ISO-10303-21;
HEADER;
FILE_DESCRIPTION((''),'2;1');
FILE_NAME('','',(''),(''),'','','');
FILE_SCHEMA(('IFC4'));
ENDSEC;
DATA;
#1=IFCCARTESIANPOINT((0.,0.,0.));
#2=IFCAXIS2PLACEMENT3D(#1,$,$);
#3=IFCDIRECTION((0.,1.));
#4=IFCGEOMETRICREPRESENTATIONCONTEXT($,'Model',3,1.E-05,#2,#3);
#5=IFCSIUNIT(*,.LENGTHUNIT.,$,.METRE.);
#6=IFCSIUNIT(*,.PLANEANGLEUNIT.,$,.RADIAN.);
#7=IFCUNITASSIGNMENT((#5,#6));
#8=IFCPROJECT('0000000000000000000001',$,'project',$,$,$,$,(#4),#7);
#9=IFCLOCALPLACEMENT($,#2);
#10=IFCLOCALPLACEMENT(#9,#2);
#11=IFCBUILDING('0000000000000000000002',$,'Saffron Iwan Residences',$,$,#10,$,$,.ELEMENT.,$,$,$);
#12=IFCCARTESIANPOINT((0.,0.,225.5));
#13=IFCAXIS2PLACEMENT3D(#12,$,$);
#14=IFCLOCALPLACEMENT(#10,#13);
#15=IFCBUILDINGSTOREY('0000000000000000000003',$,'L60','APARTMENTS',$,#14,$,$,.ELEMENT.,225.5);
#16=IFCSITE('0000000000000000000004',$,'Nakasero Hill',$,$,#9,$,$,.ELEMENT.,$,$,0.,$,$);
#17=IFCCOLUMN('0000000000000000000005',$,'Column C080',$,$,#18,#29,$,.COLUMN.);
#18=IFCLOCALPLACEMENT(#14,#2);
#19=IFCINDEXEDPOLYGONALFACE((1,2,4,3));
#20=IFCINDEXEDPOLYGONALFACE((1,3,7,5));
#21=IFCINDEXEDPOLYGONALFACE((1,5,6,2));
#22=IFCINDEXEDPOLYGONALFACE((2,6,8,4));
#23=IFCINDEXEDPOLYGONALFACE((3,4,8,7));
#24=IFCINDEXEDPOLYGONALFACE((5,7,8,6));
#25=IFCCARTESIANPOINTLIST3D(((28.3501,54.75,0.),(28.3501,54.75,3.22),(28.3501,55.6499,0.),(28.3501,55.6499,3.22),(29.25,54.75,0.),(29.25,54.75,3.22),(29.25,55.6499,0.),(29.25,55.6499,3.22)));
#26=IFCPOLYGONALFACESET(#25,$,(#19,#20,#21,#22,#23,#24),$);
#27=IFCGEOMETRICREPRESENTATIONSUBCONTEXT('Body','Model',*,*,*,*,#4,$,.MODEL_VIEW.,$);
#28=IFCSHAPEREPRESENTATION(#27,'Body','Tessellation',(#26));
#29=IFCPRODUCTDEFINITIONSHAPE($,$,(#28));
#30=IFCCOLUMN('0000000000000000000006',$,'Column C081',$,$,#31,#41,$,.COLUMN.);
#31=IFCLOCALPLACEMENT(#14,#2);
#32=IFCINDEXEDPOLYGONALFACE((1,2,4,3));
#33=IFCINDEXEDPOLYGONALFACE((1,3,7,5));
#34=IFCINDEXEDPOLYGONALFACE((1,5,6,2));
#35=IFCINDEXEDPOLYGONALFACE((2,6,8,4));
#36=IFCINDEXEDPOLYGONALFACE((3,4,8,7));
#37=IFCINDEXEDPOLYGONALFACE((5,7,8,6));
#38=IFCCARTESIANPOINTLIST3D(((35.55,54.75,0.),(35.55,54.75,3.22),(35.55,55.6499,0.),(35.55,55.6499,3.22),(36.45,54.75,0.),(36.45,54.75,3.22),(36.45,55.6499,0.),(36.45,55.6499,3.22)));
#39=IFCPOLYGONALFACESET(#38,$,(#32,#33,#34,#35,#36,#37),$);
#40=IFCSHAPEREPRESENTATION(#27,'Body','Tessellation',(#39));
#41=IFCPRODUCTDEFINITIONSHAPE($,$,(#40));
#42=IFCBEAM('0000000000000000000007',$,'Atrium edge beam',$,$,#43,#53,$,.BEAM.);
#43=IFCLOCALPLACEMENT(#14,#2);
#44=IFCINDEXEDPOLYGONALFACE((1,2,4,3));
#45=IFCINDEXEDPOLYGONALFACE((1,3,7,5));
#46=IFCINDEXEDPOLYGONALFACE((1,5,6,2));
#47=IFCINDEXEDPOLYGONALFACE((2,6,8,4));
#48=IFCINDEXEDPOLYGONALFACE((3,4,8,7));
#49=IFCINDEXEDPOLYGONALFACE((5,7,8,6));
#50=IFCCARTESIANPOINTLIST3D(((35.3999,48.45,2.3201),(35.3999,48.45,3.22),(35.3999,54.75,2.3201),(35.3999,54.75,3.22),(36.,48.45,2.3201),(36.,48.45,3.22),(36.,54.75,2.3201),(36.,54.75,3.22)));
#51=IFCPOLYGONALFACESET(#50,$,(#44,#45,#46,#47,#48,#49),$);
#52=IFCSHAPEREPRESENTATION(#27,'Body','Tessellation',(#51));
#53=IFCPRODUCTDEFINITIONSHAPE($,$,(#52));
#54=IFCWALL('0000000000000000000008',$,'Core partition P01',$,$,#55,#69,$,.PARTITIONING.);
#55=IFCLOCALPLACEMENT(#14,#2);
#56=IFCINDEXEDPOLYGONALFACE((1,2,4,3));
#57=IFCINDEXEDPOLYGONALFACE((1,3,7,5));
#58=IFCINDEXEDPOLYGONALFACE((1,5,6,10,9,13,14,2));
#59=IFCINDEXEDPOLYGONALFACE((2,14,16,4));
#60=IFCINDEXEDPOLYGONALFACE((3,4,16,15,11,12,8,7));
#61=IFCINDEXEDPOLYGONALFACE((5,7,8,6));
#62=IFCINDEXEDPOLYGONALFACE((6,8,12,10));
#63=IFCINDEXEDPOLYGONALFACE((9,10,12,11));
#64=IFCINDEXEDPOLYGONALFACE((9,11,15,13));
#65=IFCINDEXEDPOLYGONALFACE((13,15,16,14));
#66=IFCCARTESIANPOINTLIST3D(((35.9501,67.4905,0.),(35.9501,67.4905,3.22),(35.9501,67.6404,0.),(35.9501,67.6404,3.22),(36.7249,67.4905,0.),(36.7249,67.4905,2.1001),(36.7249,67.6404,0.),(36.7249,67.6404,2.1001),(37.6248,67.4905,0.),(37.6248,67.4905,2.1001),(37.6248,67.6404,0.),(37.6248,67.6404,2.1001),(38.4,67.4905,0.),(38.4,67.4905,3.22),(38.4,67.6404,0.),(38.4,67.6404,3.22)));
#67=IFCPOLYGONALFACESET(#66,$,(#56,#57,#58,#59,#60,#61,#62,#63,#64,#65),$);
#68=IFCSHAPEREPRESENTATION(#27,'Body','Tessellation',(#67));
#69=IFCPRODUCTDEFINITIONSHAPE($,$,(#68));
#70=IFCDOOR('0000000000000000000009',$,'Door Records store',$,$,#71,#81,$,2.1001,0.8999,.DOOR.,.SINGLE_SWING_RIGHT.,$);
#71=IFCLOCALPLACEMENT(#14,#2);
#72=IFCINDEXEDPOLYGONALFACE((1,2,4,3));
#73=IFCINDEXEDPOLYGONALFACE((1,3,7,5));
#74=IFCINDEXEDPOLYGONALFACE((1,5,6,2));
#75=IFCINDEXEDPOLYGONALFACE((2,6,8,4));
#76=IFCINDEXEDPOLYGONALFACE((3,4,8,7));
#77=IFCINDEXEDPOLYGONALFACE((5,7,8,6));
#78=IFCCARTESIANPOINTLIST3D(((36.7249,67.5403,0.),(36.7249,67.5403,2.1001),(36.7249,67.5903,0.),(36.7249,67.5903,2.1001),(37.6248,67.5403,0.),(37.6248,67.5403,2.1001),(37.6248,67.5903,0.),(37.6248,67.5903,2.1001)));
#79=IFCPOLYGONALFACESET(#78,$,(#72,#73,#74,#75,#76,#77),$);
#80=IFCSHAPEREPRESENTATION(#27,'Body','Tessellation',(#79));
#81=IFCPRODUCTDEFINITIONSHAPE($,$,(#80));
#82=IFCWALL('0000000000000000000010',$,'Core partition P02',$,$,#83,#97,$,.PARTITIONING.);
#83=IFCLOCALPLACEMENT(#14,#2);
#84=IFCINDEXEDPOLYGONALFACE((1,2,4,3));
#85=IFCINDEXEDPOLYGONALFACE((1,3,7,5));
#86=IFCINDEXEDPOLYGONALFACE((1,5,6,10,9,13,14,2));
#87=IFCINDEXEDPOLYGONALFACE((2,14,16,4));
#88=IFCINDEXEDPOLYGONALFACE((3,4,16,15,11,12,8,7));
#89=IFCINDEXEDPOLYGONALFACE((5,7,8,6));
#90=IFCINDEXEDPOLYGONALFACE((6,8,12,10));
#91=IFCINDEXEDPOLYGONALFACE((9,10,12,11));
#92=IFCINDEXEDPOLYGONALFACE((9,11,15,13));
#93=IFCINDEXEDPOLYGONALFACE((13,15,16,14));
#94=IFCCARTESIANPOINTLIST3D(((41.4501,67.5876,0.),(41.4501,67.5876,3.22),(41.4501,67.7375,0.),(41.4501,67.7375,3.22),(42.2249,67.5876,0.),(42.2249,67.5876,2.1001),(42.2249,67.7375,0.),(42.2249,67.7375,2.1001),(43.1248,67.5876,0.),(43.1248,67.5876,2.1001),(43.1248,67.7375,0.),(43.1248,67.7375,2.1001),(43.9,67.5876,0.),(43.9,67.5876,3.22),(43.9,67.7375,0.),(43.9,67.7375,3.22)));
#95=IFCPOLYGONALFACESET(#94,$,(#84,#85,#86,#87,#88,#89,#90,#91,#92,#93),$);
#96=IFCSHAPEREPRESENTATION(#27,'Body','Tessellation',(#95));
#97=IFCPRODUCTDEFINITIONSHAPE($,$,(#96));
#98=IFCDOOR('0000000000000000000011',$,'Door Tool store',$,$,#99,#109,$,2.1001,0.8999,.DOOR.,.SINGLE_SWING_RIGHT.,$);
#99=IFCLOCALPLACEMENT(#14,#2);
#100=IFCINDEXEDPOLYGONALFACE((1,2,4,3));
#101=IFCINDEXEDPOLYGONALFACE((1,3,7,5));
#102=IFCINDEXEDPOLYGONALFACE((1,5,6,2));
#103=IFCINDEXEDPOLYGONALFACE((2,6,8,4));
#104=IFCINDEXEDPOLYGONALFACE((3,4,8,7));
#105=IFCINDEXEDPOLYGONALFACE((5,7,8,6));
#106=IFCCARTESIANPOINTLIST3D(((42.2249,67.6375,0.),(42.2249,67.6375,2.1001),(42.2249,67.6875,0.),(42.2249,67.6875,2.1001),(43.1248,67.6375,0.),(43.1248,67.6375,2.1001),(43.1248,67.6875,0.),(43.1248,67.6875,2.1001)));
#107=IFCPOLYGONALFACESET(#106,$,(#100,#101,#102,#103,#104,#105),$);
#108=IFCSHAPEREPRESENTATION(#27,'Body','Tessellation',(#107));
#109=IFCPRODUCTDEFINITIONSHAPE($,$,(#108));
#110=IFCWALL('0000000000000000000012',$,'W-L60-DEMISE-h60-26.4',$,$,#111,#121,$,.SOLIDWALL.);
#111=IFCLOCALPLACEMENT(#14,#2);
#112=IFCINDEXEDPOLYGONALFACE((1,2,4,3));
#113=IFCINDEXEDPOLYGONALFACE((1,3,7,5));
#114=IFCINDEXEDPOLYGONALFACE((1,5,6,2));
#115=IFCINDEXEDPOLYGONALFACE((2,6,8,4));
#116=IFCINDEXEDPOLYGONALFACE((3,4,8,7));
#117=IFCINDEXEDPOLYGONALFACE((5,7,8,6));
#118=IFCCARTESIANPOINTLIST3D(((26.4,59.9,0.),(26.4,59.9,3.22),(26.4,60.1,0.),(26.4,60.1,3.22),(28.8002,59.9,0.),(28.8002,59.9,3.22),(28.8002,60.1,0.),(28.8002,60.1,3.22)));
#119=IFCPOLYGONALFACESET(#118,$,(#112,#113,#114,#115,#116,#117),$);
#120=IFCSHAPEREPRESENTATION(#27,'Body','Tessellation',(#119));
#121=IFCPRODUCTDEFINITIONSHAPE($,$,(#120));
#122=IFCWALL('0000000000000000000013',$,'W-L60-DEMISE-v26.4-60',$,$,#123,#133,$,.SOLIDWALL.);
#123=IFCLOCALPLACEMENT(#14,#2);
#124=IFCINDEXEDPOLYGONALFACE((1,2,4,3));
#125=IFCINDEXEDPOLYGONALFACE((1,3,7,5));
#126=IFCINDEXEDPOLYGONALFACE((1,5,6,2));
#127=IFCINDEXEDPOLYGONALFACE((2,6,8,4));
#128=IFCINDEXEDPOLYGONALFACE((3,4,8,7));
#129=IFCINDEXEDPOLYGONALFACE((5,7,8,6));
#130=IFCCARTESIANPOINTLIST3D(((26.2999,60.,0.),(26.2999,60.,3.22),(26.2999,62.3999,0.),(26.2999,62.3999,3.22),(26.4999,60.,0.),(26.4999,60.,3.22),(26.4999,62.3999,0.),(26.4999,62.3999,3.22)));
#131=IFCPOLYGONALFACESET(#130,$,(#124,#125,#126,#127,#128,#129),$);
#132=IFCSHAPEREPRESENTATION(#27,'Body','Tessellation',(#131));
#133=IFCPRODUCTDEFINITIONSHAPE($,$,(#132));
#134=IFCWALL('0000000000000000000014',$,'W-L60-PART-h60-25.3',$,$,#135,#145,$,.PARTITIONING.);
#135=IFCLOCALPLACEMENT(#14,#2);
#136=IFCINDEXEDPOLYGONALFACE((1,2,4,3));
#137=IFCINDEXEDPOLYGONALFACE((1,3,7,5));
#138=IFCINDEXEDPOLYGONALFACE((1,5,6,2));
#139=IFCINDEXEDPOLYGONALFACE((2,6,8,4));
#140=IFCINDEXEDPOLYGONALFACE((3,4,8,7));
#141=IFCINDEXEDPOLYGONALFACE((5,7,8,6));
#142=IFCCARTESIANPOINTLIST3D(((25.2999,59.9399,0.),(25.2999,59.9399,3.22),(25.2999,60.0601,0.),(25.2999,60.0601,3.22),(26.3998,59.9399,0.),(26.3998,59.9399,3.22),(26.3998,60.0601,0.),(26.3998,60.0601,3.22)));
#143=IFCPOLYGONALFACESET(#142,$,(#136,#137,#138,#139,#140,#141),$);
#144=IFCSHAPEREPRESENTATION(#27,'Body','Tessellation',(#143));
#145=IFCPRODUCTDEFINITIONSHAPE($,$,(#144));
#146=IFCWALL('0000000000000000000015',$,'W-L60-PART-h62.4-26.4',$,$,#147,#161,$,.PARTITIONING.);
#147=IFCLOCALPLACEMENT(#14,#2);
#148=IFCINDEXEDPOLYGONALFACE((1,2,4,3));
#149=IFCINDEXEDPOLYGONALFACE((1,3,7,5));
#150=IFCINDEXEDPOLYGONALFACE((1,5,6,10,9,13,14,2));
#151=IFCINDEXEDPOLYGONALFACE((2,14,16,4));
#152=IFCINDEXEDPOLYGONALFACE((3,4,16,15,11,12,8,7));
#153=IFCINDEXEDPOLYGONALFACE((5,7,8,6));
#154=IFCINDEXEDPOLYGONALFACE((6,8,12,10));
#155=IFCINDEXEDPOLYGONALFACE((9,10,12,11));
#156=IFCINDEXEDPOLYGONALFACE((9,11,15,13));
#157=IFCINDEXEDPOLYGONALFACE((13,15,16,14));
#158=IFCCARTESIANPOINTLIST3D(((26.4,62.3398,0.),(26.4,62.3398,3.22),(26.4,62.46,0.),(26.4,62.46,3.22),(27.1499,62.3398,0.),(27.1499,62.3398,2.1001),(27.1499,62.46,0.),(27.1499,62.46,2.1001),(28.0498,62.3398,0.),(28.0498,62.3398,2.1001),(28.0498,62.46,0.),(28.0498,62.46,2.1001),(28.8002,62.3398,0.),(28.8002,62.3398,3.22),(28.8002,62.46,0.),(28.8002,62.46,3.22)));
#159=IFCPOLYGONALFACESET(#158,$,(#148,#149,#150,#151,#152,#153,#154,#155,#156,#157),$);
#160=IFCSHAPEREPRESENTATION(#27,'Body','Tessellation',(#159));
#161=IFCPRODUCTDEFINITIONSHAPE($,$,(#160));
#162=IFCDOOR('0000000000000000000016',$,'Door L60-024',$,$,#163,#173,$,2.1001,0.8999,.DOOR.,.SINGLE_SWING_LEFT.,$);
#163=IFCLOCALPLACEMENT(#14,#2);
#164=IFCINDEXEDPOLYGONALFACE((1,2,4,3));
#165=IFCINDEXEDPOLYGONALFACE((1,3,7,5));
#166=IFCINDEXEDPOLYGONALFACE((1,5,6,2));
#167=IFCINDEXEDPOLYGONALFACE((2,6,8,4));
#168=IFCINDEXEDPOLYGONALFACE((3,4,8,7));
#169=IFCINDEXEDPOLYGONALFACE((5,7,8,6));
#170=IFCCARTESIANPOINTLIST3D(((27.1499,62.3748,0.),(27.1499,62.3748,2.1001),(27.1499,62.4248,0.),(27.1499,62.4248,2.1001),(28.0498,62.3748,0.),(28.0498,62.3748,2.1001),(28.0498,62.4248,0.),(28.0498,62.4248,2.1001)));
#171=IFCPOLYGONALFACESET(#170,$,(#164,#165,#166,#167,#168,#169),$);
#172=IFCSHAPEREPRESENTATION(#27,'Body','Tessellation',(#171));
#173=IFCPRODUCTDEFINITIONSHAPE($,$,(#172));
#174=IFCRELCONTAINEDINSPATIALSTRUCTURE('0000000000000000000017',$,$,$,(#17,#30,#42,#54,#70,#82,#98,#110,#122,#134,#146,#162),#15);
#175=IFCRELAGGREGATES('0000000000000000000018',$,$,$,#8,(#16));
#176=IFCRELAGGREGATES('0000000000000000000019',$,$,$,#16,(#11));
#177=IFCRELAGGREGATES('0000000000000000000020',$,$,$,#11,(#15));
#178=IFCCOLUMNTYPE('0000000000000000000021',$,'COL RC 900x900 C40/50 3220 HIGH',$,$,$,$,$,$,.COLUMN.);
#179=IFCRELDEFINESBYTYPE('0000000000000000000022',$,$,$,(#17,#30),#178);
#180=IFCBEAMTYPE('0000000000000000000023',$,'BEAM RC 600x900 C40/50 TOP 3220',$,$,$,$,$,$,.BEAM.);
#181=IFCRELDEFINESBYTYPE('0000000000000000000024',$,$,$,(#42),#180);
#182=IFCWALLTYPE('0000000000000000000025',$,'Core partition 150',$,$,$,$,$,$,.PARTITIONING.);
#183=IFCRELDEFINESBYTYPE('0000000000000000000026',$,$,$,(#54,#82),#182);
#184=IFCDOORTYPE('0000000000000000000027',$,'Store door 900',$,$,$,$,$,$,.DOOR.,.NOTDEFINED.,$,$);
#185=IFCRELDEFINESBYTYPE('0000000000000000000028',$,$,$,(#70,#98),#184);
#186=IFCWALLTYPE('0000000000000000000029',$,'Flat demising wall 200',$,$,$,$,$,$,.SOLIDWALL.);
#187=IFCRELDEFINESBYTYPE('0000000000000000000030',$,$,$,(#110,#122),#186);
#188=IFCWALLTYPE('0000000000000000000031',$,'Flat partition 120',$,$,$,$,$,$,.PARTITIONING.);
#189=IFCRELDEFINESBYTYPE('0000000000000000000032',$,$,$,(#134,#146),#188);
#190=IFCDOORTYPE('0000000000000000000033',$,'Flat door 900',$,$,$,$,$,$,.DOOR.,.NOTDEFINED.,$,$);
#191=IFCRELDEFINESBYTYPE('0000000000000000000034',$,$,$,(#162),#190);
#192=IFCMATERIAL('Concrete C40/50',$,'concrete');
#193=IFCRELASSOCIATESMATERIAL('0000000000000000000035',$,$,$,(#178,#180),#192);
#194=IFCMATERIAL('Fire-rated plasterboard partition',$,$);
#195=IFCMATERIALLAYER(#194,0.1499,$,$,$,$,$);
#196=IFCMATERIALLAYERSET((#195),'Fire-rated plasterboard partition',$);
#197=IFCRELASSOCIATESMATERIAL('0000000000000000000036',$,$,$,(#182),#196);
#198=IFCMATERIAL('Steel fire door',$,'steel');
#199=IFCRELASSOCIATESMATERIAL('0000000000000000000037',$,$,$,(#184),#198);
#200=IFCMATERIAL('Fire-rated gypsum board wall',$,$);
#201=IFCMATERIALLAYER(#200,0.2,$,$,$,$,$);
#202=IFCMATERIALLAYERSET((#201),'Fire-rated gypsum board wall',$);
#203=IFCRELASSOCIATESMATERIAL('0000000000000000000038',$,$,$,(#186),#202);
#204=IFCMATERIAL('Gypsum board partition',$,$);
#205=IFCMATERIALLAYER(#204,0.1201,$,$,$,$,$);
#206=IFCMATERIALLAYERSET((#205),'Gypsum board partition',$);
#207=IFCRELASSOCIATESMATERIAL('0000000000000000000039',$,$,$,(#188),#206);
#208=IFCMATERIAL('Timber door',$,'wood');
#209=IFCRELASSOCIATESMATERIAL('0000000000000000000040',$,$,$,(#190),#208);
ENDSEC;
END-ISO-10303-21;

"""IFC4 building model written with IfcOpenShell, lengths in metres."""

from ifc_helpers import new_model, si_unit, direction, frame, frame_2d, origin, origin_2d, place, context, subcontext, project, spatial, rectangle, extrude, source, transform, mapped, material, layer, layer_set, material_profile, profile_set, type_object, element, fill, save


model = new_model("IFC4")

# Units and contexts
model_context = context("Model", 3, precision=1e-05, world=origin(), true_north=direction((0.0, 1.0)))
body_context = subcontext(model_context, "Body", "Model", "MODEL_VIEW")
ifc_project = project(units=[si_unit("LENGTHUNIT", "METRE"), si_unit("PLANEANGLEUNIT", "RADIAN")], contexts=[model_context])

# Site, building, storey
site_placement = place(None, origin())
site = spatial("IfcSite", under=ifc_project, at=site_placement, Name="Nakasero Hill", CompositionType="ELEMENT", RefElevation=0.0)
building_placement = place(site_placement, origin())
building = spatial("IfcBuilding", under=site, at=building_placement, Name="Saffron Iwan Residences", CompositionType="ELEMENT")
storey_placement = place(building_placement, frame((0.0, 0.0, 225.5)))
storey = spatial("IfcBuildingStorey", under=building, at=storey_placement, Name="L60", Description="APARTMENTS", CompositionType="ELEMENT", Elevation=225.5)

# Columns
ifc_material_1 = material(Name="Concrete C40/50", Category="concrete")
ifc_material_profile_1 = material_profile(ifc_material_1, rectangle(XDim=0.8999, YDim=0.8999, at=origin_2d()), Name="RC 900x900")
ifc_profile_set_1 = profile_set([ifc_material_profile_1], Name="Concrete C40/50")
column_type = type_object("IfcColumnType", Name="COL RC 900x900 C40/50 3220 HIGH", PredefinedType="COLUMN", material=ifc_profile_set_1)
shared_shape_1 = source(origin(), body_context, "Body", "SweptSolid", [
    extrude(rectangle(XDim=0.8999, YDim=0.8999, at=origin_2d()), origin(), (0.0, 0.0, 1.0), 3.22),
])
for number, where, z_axis, x_axis, name in (
    (1, (28.8, 55.2, 0.0), (0.0, 0.0, 1.0), (1.0, 0.0, 0.0), "Column C080"),
    (2, (36.0, 55.2, 0.0), (0.0, 0.0, 1.0), (1.0, 0.0, 0.0), "Column C081"),
):
    element("IfcColumn", number, at=place(storey_placement, frame(where, z_axis=z_axis, x_axis=x_axis)), inside=storey, type_object=column_type, Name=name, PredefinedType="COLUMN", context=body_context, shape_type="MappedRepresentation", body=[
        mapped(shared_shape_1, transform((0.0, 0.0, 0.0))),
    ])

# Beam
ifc_material_profile_2 = material_profile(ifc_material_1, rectangle(XDim=0.6001, YDim=0.8999, at=origin_2d()), Name="RC 600x900")
ifc_profile_set_2 = profile_set([ifc_material_profile_2], Name="Concrete C40/50")
beam_type = type_object("IfcBeamType", Name="BEAM RC 600x900 C40/50 TOP 3220", PredefinedType="BEAM", material=ifc_profile_set_2)
shared_shape_2 = source(origin(), body_context, "Body", "SweptSolid", [
    extrude(rectangle(XDim=0.6001, YDim=0.8999, at=origin_2d()), origin(), (0.0, 0.0, 1.0), 6.3),
])
beam_placement = place(storey_placement, frame((35.7, 48.45, 2.77), z_axis=(0.0, 1.0, 0.0), x_axis=(-1.0, 0.0, 0.0)))
element("IfcBeam", 3, at=beam_placement, inside=storey, type_object=beam_type, Name="Atrium edge beam", PredefinedType="BEAM", context=body_context, shape_type="MappedRepresentation", body=[
    mapped(shared_shape_2, transform((0.0, 0.0, 0.0))),
])

# Walls, openings, doors
ifc_material_2 = material(Name="Fire-rated plasterboard partition")
ifc_layer_1 = layer(ifc_material_2, 0.1499)
ifc_layer_set_1 = layer_set([ifc_layer_1], Name="Fire-rated plasterboard partition")
wall_type_1 = type_object("IfcWallType", Name="Core partition 150", PredefinedType="PARTITIONING", material=ifc_layer_set_1)
wall_1_placement = place(storey_placement, frame((35.95, 67.5654, 0.0), z_axis=(0.0, 0.0, 1.0), x_axis=(1.0, 0.0, 0.0)))
wall_1 = element("IfcWall", 4, at=wall_1_placement, inside=storey, type_object=wall_type_1, Name="Core partition P01", PredefinedType="PARTITIONING", context=body_context, shape_type="SweptSolid", body=[
    extrude(rectangle(XDim=2.45, YDim=0.1499, at=frame_2d((1.2251, 0.0))), origin(), (0.0, 0.0, 1.0), 3.22),
])
opening_1_placement = place(wall_1_placement, frame((0.7749, 0.0, 0.0)))
opening_1 = element("IfcOpeningElement", 5, at=opening_1_placement, cuts=wall_1, PredefinedType="OPENING", context=body_context, shape_type="SweptSolid", body=[
    extrude(rectangle(XDim=0.8999, YDim=2.1001, at=frame_2d((0.45, 1.05))), frame((0.0, 0.085, 0.0), z_axis=(0.0, -1.0, 0.0), x_axis=(1.0, 0.0, 0.0)), (0.0, 0.0, 1.0), 0.1699),
])
ifc_material_3 = material(Name="Steel fire door", Category="steel")
door_type_1 = type_object("IfcDoorType", Name="Store door 900", OperationType="NOTDEFINED", PredefinedType="DOOR", material=ifc_material_3)
door_1_placement = place(opening_1_placement, origin())
door_1 = element("IfcDoor", 6, at=door_1_placement, inside=storey, type_object=door_type_1, Name="Door Records store", OperationType="SINGLE_SWING_RIGHT", OverallHeight=2.1001, OverallWidth=0.8999, PredefinedType="DOOR", context=body_context, shape_type="SweptSolid", body=[
    extrude(rectangle(XDim=0.8999, YDim=2.1001, at=frame_2d((0.45, 1.05))), frame((0.0, 0.0249, 0.0), z_axis=(0.0, -1.0, 0.0), x_axis=(1.0, 0.0, 0.0)), (0.0, 0.0, 1.0), 0.05),
])
fill(opening_1, door_1)
wall_2_placement = place(storey_placement, frame((41.45, 67.6626, 0.0), z_axis=(0.0, 0.0, 1.0), x_axis=(1.0, 0.0, 0.0)))
wall_2 = element("IfcWall", 7, at=wall_2_placement, inside=storey, type_object=wall_type_1, Name="Core partition P02", PredefinedType="PARTITIONING", context=body_context, shape_type="SweptSolid", body=[
    extrude(rectangle(XDim=2.45, YDim=0.1499, at=frame_2d((1.2251, 0.0))), origin(), (0.0, 0.0, 1.0), 3.22),
])
opening_2_placement = place(wall_2_placement, frame((0.7749, 0.0, 0.0)))
opening_2 = element("IfcOpeningElement", 8, at=opening_2_placement, cuts=wall_2, PredefinedType="OPENING", context=body_context, shape_type="SweptSolid", body=[
    extrude(rectangle(XDim=0.8999, YDim=2.1001, at=frame_2d((0.45, 1.05))), frame((0.0, 0.085, 0.0), z_axis=(0.0, -1.0, 0.0), x_axis=(1.0, 0.0, 0.0)), (0.0, 0.0, 1.0), 0.1699),
])
door_2_placement = place(opening_2_placement, origin())
door_2 = element("IfcDoor", 9, at=door_2_placement, inside=storey, type_object=door_type_1, Name="Door Tool store", OperationType="SINGLE_SWING_RIGHT", OverallHeight=2.1001, OverallWidth=0.8999, PredefinedType="DOOR", context=body_context, shape_type="SweptSolid", body=[
    extrude(rectangle(XDim=0.8999, YDim=2.1001, at=frame_2d((0.45, 1.05))), frame((0.0, 0.0249, 0.0), z_axis=(0.0, -1.0, 0.0), x_axis=(1.0, 0.0, 0.0)), (0.0, 0.0, 1.0), 0.05),
])
fill(opening_2, door_2)

# Walls
ifc_material_4 = material(Name="Fire-rated gypsum board wall")
ifc_layer_2 = layer(ifc_material_4, 0.2)
ifc_layer_set_2 = layer_set([ifc_layer_2], Name="Fire-rated gypsum board wall")
wall_type_2 = type_object("IfcWallType", Name="Flat demising wall 200", PredefinedType="SOLIDWALL", material=ifc_layer_set_2)
wall_3_placement = place(storey_placement, frame((26.3999, 60.0, 0.0), z_axis=(0.0, 0.0, 1.0), x_axis=(1.0, 0.0, 0.0)))
element("IfcWall", 10, at=wall_3_placement, inside=storey, type_object=wall_type_2, Name="W-L60-DEMISE-h60-26.4", PredefinedType="SOLIDWALL", context=body_context, shape_type="SweptSolid", body=[
    extrude(rectangle(XDim=2.4001, YDim=0.2, at=frame_2d((1.2002, 0.0))), origin(), (0.0, 0.0, 1.0), 3.22),
])
wall_4_placement = place(storey_placement, frame((26.3999, 60.0, 0.0), z_axis=(0.0, 0.0, 1.0), x_axis=(0.0, 1.0, 0.0)))
element("IfcWall", 11, at=wall_4_placement, inside=storey, type_object=wall_type_2, Name="W-L60-DEMISE-v26.4-60", PredefinedType="SOLIDWALL", context=body_context, shape_type="SweptSolid", body=[
    extrude(rectangle(XDim=2.3999, YDim=0.2, at=frame_2d((1.2, 0.0))), origin(), (0.0, 0.0, 1.0), 3.22),
])
ifc_material_5 = material(Name="Gypsum board partition")
ifc_layer_3 = layer(ifc_material_5, 0.1201)
ifc_layer_set_3 = layer_set([ifc_layer_3], Name="Gypsum board partition")
wall_type_3 = type_object("IfcWallType", Name="Flat partition 120", PredefinedType="PARTITIONING", material=ifc_layer_set_3)
wall_5_placement = place(storey_placement, frame((25.3, 60.0, 0.0), z_axis=(0.0, 0.0, 1.0), x_axis=(1.0, 0.0, 0.0)))
element("IfcWall", 12, at=wall_5_placement, inside=storey, type_object=wall_type_3, Name="W-L60-PART-h60-25.3", PredefinedType="PARTITIONING", context=body_context, shape_type="SweptSolid", body=[
    extrude(rectangle(XDim=1.0999, YDim=0.1201, at=frame_2d((0.5498, 0.0))), origin(), (0.0, 0.0, 1.0), 3.22),
])

# Wall, opening, door
wall_6_placement = place(storey_placement, frame((26.3999, 62.3999, 0.0), z_axis=(0.0, 0.0, 1.0), x_axis=(1.0, 0.0, 0.0)))
wall_6 = element("IfcWall", 13, at=wall_6_placement, inside=storey, type_object=wall_type_3, Name="W-L60-PART-h62.4-26.4", PredefinedType="PARTITIONING", context=body_context, shape_type="SweptSolid", body=[
    extrude(rectangle(XDim=2.4001, YDim=0.1201, at=frame_2d((1.2002, 0.0))), origin(), (0.0, 0.0, 1.0), 3.22),
])
opening_3_placement = place(wall_6_placement, frame((0.75, 0.0, 0.0)))
opening_3 = element("IfcOpeningElement", 14, at=opening_3_placement, cuts=wall_6, PredefinedType="OPENING", context=body_context, shape_type="SweptSolid", body=[
    extrude(rectangle(XDim=0.8999, YDim=2.1001, at=frame_2d((0.45, 1.05))), frame((0.0, 0.0701, 0.0), z_axis=(0.0, -1.0, 0.0), x_axis=(1.0, 0.0, 0.0)), (0.0, 0.0, 1.0), 0.1401),
])
ifc_material_6 = material(Name="Timber door", Category="wood")
door_type_2 = type_object("IfcDoorType", Name="Flat door 900", OperationType="NOTDEFINED", PredefinedType="DOOR", material=ifc_material_6)
door_3_placement = place(opening_3_placement, origin())
door_3 = element("IfcDoor", 15, at=door_3_placement, inside=storey, type_object=door_type_2, Name="Door L60-024", OperationType="SINGLE_SWING_LEFT", OverallHeight=2.1001, OverallWidth=0.8999, PredefinedType="DOOR", context=body_context, shape_type="SweptSolid", body=[
    extrude(rectangle(XDim=0.8999, YDim=2.1001, at=frame_2d((0.45, 1.05))), frame((0.0, 0.0249, 0.0), z_axis=(0.0, -1.0, 0.0), x_axis=(1.0, 0.0, 0.0)), (0.0, 0.0, 1.0), 0.05),
])
fill(opening_3, door_3)

save(model, "model.ifc")
